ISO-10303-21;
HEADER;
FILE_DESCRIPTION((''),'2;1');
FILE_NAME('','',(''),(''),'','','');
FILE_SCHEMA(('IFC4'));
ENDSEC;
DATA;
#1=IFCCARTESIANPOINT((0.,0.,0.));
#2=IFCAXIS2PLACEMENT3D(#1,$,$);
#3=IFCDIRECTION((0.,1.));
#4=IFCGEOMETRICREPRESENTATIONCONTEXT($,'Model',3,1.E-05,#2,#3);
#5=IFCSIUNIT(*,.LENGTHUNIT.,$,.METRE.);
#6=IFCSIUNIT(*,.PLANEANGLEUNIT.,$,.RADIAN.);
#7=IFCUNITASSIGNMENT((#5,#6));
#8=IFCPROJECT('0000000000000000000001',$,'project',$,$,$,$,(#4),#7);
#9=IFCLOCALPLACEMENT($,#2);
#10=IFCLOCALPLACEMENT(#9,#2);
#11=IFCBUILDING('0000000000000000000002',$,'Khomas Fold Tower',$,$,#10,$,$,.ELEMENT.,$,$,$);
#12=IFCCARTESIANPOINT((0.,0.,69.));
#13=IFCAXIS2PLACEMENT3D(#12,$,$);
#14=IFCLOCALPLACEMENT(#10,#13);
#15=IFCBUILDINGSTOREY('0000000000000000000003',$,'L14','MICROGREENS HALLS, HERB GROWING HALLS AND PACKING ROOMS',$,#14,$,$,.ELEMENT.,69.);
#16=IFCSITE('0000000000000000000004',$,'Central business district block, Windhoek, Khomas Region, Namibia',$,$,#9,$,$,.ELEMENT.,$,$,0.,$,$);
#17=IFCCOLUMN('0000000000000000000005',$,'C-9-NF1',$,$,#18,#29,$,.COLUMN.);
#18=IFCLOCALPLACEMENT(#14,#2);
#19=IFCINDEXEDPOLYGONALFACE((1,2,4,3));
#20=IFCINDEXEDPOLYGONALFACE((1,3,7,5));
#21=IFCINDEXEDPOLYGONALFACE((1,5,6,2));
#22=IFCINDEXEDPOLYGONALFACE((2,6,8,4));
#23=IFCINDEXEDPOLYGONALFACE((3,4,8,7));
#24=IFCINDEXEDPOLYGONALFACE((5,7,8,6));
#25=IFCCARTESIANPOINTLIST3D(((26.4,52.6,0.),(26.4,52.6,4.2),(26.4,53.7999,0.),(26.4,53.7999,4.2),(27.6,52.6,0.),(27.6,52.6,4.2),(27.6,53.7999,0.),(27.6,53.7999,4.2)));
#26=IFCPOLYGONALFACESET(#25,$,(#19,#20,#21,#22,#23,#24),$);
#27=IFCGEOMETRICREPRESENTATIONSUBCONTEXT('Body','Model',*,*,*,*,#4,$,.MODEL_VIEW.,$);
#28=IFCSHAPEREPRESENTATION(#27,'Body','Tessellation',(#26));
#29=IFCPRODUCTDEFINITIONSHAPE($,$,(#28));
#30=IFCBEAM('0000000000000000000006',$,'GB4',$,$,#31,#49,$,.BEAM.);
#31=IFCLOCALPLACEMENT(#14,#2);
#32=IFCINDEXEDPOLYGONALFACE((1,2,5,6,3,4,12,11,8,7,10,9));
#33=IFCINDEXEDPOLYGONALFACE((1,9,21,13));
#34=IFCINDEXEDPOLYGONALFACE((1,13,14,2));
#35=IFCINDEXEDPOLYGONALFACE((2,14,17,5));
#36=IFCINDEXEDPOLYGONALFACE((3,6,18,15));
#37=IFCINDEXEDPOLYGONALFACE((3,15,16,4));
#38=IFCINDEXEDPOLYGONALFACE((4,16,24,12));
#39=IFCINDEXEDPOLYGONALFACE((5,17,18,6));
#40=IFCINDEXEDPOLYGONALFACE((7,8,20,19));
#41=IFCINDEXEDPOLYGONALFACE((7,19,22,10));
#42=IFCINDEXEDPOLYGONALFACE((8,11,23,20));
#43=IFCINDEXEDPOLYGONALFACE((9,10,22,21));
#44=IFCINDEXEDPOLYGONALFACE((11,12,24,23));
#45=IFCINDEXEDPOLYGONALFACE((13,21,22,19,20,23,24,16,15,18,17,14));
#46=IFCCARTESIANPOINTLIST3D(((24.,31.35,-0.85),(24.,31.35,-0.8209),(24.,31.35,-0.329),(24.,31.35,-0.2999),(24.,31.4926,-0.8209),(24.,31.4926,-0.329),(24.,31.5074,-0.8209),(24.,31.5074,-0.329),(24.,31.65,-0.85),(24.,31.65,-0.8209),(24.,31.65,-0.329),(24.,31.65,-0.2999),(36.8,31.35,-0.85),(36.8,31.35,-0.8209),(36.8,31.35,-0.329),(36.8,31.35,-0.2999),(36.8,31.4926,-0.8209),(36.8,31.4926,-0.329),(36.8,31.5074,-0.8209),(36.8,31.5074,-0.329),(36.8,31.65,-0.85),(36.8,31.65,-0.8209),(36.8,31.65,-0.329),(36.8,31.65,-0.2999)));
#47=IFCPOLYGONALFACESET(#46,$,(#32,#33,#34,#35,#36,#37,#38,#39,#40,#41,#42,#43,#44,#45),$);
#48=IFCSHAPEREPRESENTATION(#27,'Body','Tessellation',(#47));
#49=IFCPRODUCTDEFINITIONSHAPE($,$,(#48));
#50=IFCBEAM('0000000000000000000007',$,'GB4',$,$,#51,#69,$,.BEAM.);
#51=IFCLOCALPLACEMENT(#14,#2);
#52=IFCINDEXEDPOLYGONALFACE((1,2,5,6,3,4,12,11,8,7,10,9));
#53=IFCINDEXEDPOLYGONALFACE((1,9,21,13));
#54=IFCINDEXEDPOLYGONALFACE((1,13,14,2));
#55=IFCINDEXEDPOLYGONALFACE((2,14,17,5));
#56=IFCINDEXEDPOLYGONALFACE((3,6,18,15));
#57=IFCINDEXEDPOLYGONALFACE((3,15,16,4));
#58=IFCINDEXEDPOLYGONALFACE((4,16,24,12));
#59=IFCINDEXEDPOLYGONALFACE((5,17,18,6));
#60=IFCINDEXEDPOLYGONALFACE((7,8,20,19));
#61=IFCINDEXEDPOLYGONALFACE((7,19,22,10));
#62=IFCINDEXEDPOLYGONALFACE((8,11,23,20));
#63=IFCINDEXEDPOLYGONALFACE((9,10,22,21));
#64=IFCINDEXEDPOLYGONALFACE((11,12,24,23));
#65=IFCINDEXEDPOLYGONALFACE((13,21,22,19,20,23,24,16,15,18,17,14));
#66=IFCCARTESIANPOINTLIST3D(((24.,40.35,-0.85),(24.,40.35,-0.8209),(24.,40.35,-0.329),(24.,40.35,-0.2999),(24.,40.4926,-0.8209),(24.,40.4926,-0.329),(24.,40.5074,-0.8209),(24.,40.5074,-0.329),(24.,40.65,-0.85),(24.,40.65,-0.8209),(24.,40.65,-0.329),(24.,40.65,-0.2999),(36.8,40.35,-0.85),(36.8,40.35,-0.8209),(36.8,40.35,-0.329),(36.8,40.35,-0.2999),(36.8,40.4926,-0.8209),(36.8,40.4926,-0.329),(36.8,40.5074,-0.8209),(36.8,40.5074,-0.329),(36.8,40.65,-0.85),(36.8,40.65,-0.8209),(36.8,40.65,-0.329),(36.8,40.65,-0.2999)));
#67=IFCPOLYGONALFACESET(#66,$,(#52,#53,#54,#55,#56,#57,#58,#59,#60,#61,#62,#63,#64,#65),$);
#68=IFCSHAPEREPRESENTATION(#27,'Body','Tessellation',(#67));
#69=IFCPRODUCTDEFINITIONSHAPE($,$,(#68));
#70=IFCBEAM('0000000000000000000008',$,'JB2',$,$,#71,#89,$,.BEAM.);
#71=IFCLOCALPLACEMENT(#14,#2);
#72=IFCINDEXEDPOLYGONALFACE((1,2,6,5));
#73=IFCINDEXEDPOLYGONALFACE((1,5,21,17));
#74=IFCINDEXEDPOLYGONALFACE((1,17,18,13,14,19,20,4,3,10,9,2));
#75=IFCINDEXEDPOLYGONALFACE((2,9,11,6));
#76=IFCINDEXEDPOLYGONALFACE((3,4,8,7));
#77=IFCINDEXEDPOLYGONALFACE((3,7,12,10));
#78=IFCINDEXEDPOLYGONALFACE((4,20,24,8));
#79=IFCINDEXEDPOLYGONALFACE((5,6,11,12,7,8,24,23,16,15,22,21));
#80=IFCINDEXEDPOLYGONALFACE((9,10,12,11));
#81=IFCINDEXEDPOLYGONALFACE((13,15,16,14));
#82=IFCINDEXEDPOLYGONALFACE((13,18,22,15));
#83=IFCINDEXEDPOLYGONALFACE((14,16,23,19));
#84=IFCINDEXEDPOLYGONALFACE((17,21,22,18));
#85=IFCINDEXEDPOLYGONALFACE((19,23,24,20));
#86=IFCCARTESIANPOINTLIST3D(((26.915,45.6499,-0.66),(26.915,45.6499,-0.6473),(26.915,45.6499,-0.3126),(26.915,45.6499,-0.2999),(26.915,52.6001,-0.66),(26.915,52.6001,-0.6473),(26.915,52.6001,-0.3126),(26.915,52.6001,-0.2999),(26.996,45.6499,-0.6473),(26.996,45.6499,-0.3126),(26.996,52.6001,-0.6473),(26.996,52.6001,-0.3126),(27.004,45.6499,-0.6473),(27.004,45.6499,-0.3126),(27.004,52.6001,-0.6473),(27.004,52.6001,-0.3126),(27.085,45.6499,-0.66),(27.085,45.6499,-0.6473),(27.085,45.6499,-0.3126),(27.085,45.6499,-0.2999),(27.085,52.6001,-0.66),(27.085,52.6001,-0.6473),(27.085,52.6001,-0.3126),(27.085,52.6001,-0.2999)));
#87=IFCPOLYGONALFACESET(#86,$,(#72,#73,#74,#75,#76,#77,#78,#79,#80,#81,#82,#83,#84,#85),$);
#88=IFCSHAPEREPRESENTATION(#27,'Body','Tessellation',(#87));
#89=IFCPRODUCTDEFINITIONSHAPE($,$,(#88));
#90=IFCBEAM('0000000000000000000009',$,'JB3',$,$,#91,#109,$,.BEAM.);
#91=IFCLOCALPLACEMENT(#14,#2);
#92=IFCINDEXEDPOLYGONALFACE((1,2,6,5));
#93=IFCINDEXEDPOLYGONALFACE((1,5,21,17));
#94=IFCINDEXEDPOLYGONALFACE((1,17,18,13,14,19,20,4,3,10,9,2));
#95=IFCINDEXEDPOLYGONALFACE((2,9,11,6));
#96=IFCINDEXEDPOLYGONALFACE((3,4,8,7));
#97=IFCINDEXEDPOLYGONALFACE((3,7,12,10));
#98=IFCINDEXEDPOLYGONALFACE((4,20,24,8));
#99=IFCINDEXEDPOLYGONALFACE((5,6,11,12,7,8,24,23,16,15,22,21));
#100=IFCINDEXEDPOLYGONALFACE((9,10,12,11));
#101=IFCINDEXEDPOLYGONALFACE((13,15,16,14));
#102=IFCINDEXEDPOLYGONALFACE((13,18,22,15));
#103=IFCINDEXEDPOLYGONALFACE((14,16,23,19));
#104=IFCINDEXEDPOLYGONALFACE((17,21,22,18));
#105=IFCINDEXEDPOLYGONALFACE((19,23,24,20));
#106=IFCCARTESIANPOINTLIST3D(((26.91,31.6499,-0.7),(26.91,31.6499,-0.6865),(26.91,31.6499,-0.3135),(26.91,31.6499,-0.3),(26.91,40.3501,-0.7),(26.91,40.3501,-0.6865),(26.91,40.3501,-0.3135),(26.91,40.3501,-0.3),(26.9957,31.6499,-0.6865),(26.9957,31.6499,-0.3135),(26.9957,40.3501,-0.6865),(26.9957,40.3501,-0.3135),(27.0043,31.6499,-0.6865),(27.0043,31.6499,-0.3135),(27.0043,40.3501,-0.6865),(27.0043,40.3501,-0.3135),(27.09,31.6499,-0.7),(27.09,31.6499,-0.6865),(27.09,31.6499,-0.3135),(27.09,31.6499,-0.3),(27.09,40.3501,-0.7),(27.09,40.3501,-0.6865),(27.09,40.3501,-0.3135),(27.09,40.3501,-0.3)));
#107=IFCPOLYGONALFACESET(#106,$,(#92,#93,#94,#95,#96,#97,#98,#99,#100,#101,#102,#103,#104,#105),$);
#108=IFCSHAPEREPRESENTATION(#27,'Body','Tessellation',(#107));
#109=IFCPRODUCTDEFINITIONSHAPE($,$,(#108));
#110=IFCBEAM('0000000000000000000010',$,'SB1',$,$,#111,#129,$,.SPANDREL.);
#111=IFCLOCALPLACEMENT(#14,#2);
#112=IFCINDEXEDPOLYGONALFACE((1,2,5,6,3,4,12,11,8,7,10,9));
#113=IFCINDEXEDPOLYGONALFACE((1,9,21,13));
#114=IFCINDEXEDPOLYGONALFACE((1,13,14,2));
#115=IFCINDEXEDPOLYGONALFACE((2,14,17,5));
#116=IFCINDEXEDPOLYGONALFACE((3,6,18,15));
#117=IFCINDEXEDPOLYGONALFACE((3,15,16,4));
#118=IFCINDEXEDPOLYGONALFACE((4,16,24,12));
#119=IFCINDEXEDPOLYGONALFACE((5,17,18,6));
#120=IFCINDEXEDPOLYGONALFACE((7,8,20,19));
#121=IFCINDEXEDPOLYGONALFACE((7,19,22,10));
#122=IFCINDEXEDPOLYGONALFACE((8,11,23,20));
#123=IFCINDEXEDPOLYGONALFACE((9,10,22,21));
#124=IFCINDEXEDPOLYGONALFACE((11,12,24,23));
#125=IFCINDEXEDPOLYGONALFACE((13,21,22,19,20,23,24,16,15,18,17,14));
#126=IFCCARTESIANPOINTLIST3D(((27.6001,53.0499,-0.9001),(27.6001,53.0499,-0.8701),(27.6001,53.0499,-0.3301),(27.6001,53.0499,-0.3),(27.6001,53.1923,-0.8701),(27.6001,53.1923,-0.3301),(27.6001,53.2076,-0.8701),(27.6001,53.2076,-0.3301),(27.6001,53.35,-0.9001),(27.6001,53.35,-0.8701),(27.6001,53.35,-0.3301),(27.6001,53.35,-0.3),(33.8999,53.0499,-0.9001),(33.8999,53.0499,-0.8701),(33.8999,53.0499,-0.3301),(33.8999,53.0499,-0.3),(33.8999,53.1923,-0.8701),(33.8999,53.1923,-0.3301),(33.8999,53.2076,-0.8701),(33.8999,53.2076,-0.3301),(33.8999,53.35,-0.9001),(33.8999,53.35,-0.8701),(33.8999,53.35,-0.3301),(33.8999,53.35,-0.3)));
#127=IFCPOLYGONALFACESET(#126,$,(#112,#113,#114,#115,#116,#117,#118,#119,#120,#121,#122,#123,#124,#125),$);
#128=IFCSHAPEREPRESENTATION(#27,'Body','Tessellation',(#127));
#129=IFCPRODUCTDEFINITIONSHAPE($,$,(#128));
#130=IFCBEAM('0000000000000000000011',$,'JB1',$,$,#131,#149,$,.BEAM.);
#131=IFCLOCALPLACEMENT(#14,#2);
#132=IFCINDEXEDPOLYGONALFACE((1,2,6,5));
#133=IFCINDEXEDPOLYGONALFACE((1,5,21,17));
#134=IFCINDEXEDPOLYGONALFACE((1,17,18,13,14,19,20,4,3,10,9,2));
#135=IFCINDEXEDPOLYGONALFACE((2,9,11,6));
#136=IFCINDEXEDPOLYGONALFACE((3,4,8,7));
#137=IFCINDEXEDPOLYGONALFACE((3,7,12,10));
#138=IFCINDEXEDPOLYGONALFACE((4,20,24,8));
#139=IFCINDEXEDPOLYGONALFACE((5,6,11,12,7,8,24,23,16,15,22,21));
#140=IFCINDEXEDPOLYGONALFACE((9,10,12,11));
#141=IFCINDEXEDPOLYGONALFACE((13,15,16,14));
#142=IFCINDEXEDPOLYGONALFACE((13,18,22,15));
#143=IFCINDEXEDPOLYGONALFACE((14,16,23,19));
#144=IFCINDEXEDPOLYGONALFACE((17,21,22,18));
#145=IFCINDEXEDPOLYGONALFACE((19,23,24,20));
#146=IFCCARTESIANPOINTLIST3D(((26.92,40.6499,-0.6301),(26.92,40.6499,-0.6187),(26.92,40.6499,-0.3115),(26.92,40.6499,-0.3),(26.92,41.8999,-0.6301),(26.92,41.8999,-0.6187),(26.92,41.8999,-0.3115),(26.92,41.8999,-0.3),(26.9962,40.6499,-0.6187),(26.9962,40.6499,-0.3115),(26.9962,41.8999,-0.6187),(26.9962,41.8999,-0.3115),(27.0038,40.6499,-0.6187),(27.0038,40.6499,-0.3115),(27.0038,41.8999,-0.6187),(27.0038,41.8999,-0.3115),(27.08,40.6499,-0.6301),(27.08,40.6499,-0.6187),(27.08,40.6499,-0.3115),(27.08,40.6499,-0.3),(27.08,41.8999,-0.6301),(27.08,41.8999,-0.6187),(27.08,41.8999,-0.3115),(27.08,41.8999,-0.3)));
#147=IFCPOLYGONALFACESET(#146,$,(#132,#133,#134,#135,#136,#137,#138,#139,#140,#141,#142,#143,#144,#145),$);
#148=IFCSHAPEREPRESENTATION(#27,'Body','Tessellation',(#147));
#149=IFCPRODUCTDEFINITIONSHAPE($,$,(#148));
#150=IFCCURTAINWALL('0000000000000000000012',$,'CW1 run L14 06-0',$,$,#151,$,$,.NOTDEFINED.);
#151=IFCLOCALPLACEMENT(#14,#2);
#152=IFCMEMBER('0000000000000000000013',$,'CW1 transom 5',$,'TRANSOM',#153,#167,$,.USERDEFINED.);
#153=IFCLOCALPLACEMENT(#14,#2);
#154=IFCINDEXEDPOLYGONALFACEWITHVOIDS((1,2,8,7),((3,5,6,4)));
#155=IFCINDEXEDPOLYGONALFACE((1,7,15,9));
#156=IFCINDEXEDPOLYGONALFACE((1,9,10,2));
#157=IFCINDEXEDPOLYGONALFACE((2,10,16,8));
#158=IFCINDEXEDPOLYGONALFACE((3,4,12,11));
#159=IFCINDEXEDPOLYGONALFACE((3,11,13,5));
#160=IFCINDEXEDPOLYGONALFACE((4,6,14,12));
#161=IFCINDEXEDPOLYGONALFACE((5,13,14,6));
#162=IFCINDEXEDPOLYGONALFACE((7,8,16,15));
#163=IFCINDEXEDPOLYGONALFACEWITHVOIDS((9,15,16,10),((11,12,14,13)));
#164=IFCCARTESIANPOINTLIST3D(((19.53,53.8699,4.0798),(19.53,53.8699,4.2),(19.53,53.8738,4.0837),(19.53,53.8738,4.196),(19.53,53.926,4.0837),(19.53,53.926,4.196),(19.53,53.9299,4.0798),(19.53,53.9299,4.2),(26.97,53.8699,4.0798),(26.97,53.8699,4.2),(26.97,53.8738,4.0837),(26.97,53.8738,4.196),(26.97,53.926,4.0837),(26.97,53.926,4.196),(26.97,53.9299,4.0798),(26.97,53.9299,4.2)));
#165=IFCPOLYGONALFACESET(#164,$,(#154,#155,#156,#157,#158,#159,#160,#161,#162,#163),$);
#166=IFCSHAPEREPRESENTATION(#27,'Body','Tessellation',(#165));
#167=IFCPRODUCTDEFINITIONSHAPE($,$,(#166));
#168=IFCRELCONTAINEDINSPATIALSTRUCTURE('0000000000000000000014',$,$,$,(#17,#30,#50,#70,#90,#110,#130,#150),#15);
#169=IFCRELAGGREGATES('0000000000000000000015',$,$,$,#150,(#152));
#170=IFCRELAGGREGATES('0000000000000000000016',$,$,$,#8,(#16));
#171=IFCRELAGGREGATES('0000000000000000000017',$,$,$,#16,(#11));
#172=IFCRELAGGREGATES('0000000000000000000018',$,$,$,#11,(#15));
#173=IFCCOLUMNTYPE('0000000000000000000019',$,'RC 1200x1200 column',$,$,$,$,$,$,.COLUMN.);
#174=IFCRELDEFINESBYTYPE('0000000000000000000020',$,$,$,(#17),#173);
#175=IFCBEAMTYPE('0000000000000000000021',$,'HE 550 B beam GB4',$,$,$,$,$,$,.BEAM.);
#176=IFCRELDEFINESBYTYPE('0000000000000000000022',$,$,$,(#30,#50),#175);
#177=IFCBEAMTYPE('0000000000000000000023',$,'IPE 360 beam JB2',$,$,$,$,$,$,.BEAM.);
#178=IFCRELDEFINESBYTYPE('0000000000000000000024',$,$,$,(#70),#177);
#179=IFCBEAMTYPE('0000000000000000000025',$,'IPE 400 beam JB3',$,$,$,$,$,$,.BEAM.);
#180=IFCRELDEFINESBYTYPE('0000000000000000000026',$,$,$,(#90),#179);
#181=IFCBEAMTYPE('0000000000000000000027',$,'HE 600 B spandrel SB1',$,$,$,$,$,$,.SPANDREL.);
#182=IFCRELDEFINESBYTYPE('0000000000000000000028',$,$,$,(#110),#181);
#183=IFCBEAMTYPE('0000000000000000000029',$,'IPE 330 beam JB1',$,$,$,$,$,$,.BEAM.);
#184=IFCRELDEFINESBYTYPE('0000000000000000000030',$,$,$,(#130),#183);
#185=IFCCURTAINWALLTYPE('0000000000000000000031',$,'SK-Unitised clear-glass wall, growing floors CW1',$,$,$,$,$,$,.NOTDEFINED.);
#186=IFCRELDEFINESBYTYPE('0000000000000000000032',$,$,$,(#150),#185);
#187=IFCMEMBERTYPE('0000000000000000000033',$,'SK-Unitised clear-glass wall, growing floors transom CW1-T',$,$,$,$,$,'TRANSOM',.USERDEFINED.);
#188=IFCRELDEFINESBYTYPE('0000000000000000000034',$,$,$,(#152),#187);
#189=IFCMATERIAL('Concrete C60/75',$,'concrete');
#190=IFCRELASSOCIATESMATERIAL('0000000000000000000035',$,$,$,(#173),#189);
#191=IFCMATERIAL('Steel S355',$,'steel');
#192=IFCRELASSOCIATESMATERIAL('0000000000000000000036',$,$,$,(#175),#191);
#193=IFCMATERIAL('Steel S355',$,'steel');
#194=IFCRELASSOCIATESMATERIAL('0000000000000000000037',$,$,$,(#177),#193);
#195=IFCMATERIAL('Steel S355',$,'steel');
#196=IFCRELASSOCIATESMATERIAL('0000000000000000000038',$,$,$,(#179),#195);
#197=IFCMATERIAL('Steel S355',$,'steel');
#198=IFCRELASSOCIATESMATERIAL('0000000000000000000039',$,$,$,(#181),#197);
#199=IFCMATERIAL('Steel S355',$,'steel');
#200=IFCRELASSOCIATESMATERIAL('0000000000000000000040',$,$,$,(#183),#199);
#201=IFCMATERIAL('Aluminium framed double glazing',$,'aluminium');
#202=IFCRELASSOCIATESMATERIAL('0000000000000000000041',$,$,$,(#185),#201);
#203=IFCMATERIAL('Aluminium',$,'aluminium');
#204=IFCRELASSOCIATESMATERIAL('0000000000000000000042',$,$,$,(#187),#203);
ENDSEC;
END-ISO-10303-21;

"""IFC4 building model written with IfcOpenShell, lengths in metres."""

from ifc_helpers import new_model, si_unit, direction, frame, origin, origin_2d, place, context, subcontext, project, spatial, rectangle, hollow_rectangle, i_section, extrude, source, transform, mapped, material, material_profile, profile_set, type_object, element, aggregate, save


model = new_model("IFC4")

# Units and contexts
model_context = context("Model", 3, precision=1e-05, world=origin(), true_north=direction((0.0, 1.0)))
body_context = subcontext(model_context, "Body", "Model", "MODEL_VIEW")
ifc_project = project(units=[si_unit("LENGTHUNIT", "METRE"), si_unit("PLANEANGLEUNIT", "RADIAN")], contexts=[model_context])

# Site, building, storey
site_placement = place(None, origin())
site = spatial("IfcSite", under=ifc_project, at=site_placement, Name="Central business district block, Windhoek, Khomas Region, Namibia", CompositionType="ELEMENT", RefElevation=0.0)
building_placement = place(site_placement, origin())
building = spatial("IfcBuilding", under=site, at=building_placement, Name="Khomas Fold Tower", CompositionType="ELEMENT")
storey_placement = place(building_placement, frame((0.0, 0.0, 69.0)))
storey = spatial("IfcBuildingStorey", under=building, at=storey_placement, Name="L14", Description="MICROGREENS HALLS, HERB GROWING HALLS AND PACKING ROOMS", CompositionType="ELEMENT", Elevation=69.0)

# Column
ifc_material_1 = material(Name="Concrete C60/75", Category="concrete")
ifc_material_profile_1 = material_profile(ifc_material_1, rectangle(XDim=1.2, YDim=1.2, at=origin_2d()), Name="RC 1200x1200")
ifc_profile_set_1 = profile_set([ifc_material_profile_1], Name="Concrete C60/75")
column_type = type_object("IfcColumnType", Name="RC 1200x1200 column", PredefinedType="COLUMN", material=ifc_profile_set_1)
shared_shape_1 = source(origin(), body_context, "Body", "SweptSolid", [
    extrude(rectangle(XDim=1.2, YDim=1.2, at=origin_2d()), origin(), (0.0, 0.0, 1.0), 4.2),
])
column_placement = place(storey_placement, frame((27.0, 53.2, 0.0), z_axis=(0.0, 0.0, 1.0), x_axis=(1.0, 0.0, 0.0)))
element("IfcColumn", 1, at=column_placement, inside=storey, type_object=column_type, Name="C-9-NF1", PredefinedType="COLUMN", context=body_context, shape_type="MappedRepresentation", body=[
    mapped(shared_shape_1, transform((0.0, 0.0, 0.0))),
])

# Beams
ifc_material_2 = material(Name="Steel S355", Category="steel")
ifc_material_profile_2 = material_profile(ifc_material_2, i_section(OverallWidth=0.3, OverallDepth=0.55, WebThickness=0.0149, FlangeThickness=0.0291, at=origin_2d()), Name="HE 550 B")
ifc_profile_set_2 = profile_set([ifc_material_profile_2], Name="Steel S355")
beam_type_1 = type_object("IfcBeamType", Name="HE 550 B beam GB4", PredefinedType="BEAM", material=ifc_profile_set_2)
shared_shape_2 = source(origin(), body_context, "Body", "SweptSolid", [
    extrude(i_section(OverallWidth=0.3, OverallDepth=0.55, WebThickness=0.0149, FlangeThickness=0.0291, at=origin_2d()), origin(), (0.0, 0.0, 1.0), 12.8),
])
for number, where, z_axis, x_axis, name in (
    (2, (24.0, 31.5, -0.575), (1.0, 0.0, 0.0), (0.0, 1.0, 0.0), "GB4"),
    (3, (24.0, 40.5, -0.575), (1.0, 0.0, 0.0), (0.0, 1.0, 0.0), "GB4"),
):
    element("IfcBeam", number, at=place(storey_placement, frame(where, z_axis=z_axis, x_axis=x_axis)), inside=storey, type_object=beam_type_1, Name=name, PredefinedType="BEAM", context=body_context, shape_type="MappedRepresentation", body=[
        mapped(shared_shape_2, transform((0.0, 0.0, 0.0))),
    ])
ifc_material_3 = material(Name="Steel S355", Category="steel")
ifc_material_profile_3 = material_profile(ifc_material_3, i_section(OverallWidth=0.1699, OverallDepth=0.3601, WebThickness=0.0081, FlangeThickness=0.0127, at=origin_2d()), Name="IPE 360")
ifc_profile_set_3 = profile_set([ifc_material_profile_3], Name="Steel S355")
beam_type_2 = type_object("IfcBeamType", Name="IPE 360 beam JB2", PredefinedType="BEAM", material=ifc_profile_set_3)
shared_shape_3 = source(origin(), body_context, "Body", "SweptSolid", [
    extrude(i_section(OverallWidth=0.1699, OverallDepth=0.3601, WebThickness=0.0081, FlangeThickness=0.0127, at=origin_2d()), origin(), (0.0, 0.0, 1.0), 6.9502),
])
beam_1_placement = place(storey_placement, frame((27.0, 45.6499, -0.48), z_axis=(0.0, 1.0, 0.0), x_axis=(-1.0, 0.0, 0.0)))
element("IfcBeam", 4, at=beam_1_placement, inside=storey, type_object=beam_type_2, Name="JB2", PredefinedType="BEAM", context=body_context, shape_type="MappedRepresentation", body=[
    mapped(shared_shape_3, transform((0.0, 0.0, 0.0))),
])
ifc_material_4 = material(Name="Steel S355", Category="steel")
ifc_material_profile_4 = material_profile(ifc_material_4, i_section(OverallWidth=0.1799, OverallDepth=0.3999, WebThickness=0.0085, FlangeThickness=0.0134, at=origin_2d()), Name="IPE 400")
ifc_profile_set_4 = profile_set([ifc_material_profile_4], Name="Steel S355")
beam_type_3 = type_object("IfcBeamType", Name="IPE 400 beam JB3", PredefinedType="BEAM", material=ifc_profile_set_4)
shared_shape_4 = source(origin(), body_context, "Body", "SweptSolid", [
    extrude(i_section(OverallWidth=0.1799, OverallDepth=0.3999, WebThickness=0.0085, FlangeThickness=0.0134, at=origin_2d()), origin(), (0.0, 0.0, 1.0), 8.7002),
])
beam_2_placement = place(storey_placement, frame((27.0, 31.6499, -0.5), z_axis=(0.0, 1.0, 0.0), x_axis=(-1.0, 0.0, 0.0)))
element("IfcBeam", 5, at=beam_2_placement, inside=storey, type_object=beam_type_3, Name="JB3", PredefinedType="BEAM", context=body_context, shape_type="MappedRepresentation", body=[
    mapped(shared_shape_4, transform((0.0, 0.0, 0.0))),
])
ifc_material_5 = material(Name="Steel S355", Category="steel")
ifc_material_profile_5 = material_profile(ifc_material_5, i_section(OverallWidth=0.3, OverallDepth=0.6001, WebThickness=0.0154, FlangeThickness=0.03, at=origin_2d()), Name="HE 600 B")
ifc_profile_set_5 = profile_set([ifc_material_profile_5], Name="Steel S355")
beam_type_4 = type_object("IfcBeamType", Name="HE 600 B spandrel SB1", PredefinedType="SPANDREL", material=ifc_profile_set_5)
shared_shape_5 = source(origin(), body_context, "Body", "SweptSolid", [
    extrude(i_section(OverallWidth=0.3, OverallDepth=0.6001, WebThickness=0.0154, FlangeThickness=0.03, at=origin_2d()), origin(), (0.0, 0.0, 1.0), 6.2998),
])
beam_3_placement = place(storey_placement, frame((27.6001, 53.2, -0.6001), z_axis=(1.0, 0.0, 0.0), x_axis=(0.0, 1.0, 0.0)))
element("IfcBeam", 6, at=beam_3_placement, inside=storey, type_object=beam_type_4, Name="SB1", PredefinedType="SPANDREL", context=body_context, shape_type="MappedRepresentation", body=[
    mapped(shared_shape_5, transform((0.0, 0.0, 0.0))),
])
ifc_material_6 = material(Name="Steel S355", Category="steel")
ifc_material_profile_6 = material_profile(ifc_material_6, i_section(OverallWidth=0.1599, OverallDepth=0.3301, WebThickness=0.0076, FlangeThickness=0.0115, at=origin_2d()), Name="IPE 330")
ifc_profile_set_6 = profile_set([ifc_material_profile_6], Name="Steel S355")
beam_type_5 = type_object("IfcBeamType", Name="IPE 330 beam JB1", PredefinedType="BEAM", material=ifc_profile_set_6)
shared_shape_6 = source(origin(), body_context, "Body", "SweptSolid", [
    extrude(i_section(OverallWidth=0.1599, OverallDepth=0.3301, WebThickness=0.0076, FlangeThickness=0.0115, at=origin_2d()), origin(), (0.0, 0.0, 1.0), 1.25),
])
beam_4_placement = place(storey_placement, frame((27.0, 40.6499, -0.4651), z_axis=(0.0, 1.0, 0.0), x_axis=(-1.0, 0.0, 0.0)))
element("IfcBeam", 7, at=beam_4_placement, inside=storey, type_object=beam_type_5, Name="JB1", PredefinedType="BEAM", context=body_context, shape_type="MappedRepresentation", body=[
    mapped(shared_shape_6, transform((0.0, 0.0, 0.0))),
])

# Curtain wall, member
ifc_material_7 = material(Name="Aluminium framed double glazing", Category="aluminium")
curtain_wall_type = type_object("IfcCurtainWallType", Name="SK-Unitised clear-glass wall, growing floors CW1", PredefinedType="NOTDEFINED", material=ifc_material_7)
curtain_wall_placement = place(storey_placement, origin())
curtain_wall = element("IfcCurtainWall", 8, at=curtain_wall_placement, inside=storey, type_object=curtain_wall_type, Name="CW1 run L14 06-0", PredefinedType="NOTDEFINED")
ifc_material_8 = material(Name="Aluminium", Category="aluminium")
ifc_material_profile_7 = material_profile(ifc_material_8, hollow_rectangle(XDim=0.0601, YDim=0.1201, WallThickness=0.0039, at=origin_2d()), Name="SK-Unitised clear-glass wall, growing floors transom CW1-T")
ifc_profile_set_7 = profile_set([ifc_material_profile_7], Name="Aluminium")
member_type_1 = type_object("IfcMemberType", Name="SK-Unitised clear-glass wall, growing floors transom CW1-T", ElementType="TRANSOM", PredefinedType="USERDEFINED", material=ifc_profile_set_7)
shared_shape_7 = source(origin(), body_context, "Body", "SweptSolid", [
    extrude(hollow_rectangle(XDim=0.0601, YDim=0.1201, WallThickness=0.0039, at=origin_2d()), origin(), (0.0, 0.0, 1.0), 7.4399),
])
member_1_placement = place(storey_placement, frame((26.97, 53.8999, 4.1399), z_axis=(-1.0, 0.0, 0.0), x_axis=(0.0, -1.0, 0.0)))
member_1 = element("IfcMember", 9, at=member_1_placement, type_object=member_type_1, Name="CW1 transom 5", ObjectType="TRANSOM", PredefinedType="USERDEFINED", context=body_context, shape_type="MappedRepresentation", body=[
    mapped(shared_shape_7, transform((0.0, 0.0, 0.0))),
])
aggregate(curtain_wall, [member_1])

save(model, "model.ifc")
